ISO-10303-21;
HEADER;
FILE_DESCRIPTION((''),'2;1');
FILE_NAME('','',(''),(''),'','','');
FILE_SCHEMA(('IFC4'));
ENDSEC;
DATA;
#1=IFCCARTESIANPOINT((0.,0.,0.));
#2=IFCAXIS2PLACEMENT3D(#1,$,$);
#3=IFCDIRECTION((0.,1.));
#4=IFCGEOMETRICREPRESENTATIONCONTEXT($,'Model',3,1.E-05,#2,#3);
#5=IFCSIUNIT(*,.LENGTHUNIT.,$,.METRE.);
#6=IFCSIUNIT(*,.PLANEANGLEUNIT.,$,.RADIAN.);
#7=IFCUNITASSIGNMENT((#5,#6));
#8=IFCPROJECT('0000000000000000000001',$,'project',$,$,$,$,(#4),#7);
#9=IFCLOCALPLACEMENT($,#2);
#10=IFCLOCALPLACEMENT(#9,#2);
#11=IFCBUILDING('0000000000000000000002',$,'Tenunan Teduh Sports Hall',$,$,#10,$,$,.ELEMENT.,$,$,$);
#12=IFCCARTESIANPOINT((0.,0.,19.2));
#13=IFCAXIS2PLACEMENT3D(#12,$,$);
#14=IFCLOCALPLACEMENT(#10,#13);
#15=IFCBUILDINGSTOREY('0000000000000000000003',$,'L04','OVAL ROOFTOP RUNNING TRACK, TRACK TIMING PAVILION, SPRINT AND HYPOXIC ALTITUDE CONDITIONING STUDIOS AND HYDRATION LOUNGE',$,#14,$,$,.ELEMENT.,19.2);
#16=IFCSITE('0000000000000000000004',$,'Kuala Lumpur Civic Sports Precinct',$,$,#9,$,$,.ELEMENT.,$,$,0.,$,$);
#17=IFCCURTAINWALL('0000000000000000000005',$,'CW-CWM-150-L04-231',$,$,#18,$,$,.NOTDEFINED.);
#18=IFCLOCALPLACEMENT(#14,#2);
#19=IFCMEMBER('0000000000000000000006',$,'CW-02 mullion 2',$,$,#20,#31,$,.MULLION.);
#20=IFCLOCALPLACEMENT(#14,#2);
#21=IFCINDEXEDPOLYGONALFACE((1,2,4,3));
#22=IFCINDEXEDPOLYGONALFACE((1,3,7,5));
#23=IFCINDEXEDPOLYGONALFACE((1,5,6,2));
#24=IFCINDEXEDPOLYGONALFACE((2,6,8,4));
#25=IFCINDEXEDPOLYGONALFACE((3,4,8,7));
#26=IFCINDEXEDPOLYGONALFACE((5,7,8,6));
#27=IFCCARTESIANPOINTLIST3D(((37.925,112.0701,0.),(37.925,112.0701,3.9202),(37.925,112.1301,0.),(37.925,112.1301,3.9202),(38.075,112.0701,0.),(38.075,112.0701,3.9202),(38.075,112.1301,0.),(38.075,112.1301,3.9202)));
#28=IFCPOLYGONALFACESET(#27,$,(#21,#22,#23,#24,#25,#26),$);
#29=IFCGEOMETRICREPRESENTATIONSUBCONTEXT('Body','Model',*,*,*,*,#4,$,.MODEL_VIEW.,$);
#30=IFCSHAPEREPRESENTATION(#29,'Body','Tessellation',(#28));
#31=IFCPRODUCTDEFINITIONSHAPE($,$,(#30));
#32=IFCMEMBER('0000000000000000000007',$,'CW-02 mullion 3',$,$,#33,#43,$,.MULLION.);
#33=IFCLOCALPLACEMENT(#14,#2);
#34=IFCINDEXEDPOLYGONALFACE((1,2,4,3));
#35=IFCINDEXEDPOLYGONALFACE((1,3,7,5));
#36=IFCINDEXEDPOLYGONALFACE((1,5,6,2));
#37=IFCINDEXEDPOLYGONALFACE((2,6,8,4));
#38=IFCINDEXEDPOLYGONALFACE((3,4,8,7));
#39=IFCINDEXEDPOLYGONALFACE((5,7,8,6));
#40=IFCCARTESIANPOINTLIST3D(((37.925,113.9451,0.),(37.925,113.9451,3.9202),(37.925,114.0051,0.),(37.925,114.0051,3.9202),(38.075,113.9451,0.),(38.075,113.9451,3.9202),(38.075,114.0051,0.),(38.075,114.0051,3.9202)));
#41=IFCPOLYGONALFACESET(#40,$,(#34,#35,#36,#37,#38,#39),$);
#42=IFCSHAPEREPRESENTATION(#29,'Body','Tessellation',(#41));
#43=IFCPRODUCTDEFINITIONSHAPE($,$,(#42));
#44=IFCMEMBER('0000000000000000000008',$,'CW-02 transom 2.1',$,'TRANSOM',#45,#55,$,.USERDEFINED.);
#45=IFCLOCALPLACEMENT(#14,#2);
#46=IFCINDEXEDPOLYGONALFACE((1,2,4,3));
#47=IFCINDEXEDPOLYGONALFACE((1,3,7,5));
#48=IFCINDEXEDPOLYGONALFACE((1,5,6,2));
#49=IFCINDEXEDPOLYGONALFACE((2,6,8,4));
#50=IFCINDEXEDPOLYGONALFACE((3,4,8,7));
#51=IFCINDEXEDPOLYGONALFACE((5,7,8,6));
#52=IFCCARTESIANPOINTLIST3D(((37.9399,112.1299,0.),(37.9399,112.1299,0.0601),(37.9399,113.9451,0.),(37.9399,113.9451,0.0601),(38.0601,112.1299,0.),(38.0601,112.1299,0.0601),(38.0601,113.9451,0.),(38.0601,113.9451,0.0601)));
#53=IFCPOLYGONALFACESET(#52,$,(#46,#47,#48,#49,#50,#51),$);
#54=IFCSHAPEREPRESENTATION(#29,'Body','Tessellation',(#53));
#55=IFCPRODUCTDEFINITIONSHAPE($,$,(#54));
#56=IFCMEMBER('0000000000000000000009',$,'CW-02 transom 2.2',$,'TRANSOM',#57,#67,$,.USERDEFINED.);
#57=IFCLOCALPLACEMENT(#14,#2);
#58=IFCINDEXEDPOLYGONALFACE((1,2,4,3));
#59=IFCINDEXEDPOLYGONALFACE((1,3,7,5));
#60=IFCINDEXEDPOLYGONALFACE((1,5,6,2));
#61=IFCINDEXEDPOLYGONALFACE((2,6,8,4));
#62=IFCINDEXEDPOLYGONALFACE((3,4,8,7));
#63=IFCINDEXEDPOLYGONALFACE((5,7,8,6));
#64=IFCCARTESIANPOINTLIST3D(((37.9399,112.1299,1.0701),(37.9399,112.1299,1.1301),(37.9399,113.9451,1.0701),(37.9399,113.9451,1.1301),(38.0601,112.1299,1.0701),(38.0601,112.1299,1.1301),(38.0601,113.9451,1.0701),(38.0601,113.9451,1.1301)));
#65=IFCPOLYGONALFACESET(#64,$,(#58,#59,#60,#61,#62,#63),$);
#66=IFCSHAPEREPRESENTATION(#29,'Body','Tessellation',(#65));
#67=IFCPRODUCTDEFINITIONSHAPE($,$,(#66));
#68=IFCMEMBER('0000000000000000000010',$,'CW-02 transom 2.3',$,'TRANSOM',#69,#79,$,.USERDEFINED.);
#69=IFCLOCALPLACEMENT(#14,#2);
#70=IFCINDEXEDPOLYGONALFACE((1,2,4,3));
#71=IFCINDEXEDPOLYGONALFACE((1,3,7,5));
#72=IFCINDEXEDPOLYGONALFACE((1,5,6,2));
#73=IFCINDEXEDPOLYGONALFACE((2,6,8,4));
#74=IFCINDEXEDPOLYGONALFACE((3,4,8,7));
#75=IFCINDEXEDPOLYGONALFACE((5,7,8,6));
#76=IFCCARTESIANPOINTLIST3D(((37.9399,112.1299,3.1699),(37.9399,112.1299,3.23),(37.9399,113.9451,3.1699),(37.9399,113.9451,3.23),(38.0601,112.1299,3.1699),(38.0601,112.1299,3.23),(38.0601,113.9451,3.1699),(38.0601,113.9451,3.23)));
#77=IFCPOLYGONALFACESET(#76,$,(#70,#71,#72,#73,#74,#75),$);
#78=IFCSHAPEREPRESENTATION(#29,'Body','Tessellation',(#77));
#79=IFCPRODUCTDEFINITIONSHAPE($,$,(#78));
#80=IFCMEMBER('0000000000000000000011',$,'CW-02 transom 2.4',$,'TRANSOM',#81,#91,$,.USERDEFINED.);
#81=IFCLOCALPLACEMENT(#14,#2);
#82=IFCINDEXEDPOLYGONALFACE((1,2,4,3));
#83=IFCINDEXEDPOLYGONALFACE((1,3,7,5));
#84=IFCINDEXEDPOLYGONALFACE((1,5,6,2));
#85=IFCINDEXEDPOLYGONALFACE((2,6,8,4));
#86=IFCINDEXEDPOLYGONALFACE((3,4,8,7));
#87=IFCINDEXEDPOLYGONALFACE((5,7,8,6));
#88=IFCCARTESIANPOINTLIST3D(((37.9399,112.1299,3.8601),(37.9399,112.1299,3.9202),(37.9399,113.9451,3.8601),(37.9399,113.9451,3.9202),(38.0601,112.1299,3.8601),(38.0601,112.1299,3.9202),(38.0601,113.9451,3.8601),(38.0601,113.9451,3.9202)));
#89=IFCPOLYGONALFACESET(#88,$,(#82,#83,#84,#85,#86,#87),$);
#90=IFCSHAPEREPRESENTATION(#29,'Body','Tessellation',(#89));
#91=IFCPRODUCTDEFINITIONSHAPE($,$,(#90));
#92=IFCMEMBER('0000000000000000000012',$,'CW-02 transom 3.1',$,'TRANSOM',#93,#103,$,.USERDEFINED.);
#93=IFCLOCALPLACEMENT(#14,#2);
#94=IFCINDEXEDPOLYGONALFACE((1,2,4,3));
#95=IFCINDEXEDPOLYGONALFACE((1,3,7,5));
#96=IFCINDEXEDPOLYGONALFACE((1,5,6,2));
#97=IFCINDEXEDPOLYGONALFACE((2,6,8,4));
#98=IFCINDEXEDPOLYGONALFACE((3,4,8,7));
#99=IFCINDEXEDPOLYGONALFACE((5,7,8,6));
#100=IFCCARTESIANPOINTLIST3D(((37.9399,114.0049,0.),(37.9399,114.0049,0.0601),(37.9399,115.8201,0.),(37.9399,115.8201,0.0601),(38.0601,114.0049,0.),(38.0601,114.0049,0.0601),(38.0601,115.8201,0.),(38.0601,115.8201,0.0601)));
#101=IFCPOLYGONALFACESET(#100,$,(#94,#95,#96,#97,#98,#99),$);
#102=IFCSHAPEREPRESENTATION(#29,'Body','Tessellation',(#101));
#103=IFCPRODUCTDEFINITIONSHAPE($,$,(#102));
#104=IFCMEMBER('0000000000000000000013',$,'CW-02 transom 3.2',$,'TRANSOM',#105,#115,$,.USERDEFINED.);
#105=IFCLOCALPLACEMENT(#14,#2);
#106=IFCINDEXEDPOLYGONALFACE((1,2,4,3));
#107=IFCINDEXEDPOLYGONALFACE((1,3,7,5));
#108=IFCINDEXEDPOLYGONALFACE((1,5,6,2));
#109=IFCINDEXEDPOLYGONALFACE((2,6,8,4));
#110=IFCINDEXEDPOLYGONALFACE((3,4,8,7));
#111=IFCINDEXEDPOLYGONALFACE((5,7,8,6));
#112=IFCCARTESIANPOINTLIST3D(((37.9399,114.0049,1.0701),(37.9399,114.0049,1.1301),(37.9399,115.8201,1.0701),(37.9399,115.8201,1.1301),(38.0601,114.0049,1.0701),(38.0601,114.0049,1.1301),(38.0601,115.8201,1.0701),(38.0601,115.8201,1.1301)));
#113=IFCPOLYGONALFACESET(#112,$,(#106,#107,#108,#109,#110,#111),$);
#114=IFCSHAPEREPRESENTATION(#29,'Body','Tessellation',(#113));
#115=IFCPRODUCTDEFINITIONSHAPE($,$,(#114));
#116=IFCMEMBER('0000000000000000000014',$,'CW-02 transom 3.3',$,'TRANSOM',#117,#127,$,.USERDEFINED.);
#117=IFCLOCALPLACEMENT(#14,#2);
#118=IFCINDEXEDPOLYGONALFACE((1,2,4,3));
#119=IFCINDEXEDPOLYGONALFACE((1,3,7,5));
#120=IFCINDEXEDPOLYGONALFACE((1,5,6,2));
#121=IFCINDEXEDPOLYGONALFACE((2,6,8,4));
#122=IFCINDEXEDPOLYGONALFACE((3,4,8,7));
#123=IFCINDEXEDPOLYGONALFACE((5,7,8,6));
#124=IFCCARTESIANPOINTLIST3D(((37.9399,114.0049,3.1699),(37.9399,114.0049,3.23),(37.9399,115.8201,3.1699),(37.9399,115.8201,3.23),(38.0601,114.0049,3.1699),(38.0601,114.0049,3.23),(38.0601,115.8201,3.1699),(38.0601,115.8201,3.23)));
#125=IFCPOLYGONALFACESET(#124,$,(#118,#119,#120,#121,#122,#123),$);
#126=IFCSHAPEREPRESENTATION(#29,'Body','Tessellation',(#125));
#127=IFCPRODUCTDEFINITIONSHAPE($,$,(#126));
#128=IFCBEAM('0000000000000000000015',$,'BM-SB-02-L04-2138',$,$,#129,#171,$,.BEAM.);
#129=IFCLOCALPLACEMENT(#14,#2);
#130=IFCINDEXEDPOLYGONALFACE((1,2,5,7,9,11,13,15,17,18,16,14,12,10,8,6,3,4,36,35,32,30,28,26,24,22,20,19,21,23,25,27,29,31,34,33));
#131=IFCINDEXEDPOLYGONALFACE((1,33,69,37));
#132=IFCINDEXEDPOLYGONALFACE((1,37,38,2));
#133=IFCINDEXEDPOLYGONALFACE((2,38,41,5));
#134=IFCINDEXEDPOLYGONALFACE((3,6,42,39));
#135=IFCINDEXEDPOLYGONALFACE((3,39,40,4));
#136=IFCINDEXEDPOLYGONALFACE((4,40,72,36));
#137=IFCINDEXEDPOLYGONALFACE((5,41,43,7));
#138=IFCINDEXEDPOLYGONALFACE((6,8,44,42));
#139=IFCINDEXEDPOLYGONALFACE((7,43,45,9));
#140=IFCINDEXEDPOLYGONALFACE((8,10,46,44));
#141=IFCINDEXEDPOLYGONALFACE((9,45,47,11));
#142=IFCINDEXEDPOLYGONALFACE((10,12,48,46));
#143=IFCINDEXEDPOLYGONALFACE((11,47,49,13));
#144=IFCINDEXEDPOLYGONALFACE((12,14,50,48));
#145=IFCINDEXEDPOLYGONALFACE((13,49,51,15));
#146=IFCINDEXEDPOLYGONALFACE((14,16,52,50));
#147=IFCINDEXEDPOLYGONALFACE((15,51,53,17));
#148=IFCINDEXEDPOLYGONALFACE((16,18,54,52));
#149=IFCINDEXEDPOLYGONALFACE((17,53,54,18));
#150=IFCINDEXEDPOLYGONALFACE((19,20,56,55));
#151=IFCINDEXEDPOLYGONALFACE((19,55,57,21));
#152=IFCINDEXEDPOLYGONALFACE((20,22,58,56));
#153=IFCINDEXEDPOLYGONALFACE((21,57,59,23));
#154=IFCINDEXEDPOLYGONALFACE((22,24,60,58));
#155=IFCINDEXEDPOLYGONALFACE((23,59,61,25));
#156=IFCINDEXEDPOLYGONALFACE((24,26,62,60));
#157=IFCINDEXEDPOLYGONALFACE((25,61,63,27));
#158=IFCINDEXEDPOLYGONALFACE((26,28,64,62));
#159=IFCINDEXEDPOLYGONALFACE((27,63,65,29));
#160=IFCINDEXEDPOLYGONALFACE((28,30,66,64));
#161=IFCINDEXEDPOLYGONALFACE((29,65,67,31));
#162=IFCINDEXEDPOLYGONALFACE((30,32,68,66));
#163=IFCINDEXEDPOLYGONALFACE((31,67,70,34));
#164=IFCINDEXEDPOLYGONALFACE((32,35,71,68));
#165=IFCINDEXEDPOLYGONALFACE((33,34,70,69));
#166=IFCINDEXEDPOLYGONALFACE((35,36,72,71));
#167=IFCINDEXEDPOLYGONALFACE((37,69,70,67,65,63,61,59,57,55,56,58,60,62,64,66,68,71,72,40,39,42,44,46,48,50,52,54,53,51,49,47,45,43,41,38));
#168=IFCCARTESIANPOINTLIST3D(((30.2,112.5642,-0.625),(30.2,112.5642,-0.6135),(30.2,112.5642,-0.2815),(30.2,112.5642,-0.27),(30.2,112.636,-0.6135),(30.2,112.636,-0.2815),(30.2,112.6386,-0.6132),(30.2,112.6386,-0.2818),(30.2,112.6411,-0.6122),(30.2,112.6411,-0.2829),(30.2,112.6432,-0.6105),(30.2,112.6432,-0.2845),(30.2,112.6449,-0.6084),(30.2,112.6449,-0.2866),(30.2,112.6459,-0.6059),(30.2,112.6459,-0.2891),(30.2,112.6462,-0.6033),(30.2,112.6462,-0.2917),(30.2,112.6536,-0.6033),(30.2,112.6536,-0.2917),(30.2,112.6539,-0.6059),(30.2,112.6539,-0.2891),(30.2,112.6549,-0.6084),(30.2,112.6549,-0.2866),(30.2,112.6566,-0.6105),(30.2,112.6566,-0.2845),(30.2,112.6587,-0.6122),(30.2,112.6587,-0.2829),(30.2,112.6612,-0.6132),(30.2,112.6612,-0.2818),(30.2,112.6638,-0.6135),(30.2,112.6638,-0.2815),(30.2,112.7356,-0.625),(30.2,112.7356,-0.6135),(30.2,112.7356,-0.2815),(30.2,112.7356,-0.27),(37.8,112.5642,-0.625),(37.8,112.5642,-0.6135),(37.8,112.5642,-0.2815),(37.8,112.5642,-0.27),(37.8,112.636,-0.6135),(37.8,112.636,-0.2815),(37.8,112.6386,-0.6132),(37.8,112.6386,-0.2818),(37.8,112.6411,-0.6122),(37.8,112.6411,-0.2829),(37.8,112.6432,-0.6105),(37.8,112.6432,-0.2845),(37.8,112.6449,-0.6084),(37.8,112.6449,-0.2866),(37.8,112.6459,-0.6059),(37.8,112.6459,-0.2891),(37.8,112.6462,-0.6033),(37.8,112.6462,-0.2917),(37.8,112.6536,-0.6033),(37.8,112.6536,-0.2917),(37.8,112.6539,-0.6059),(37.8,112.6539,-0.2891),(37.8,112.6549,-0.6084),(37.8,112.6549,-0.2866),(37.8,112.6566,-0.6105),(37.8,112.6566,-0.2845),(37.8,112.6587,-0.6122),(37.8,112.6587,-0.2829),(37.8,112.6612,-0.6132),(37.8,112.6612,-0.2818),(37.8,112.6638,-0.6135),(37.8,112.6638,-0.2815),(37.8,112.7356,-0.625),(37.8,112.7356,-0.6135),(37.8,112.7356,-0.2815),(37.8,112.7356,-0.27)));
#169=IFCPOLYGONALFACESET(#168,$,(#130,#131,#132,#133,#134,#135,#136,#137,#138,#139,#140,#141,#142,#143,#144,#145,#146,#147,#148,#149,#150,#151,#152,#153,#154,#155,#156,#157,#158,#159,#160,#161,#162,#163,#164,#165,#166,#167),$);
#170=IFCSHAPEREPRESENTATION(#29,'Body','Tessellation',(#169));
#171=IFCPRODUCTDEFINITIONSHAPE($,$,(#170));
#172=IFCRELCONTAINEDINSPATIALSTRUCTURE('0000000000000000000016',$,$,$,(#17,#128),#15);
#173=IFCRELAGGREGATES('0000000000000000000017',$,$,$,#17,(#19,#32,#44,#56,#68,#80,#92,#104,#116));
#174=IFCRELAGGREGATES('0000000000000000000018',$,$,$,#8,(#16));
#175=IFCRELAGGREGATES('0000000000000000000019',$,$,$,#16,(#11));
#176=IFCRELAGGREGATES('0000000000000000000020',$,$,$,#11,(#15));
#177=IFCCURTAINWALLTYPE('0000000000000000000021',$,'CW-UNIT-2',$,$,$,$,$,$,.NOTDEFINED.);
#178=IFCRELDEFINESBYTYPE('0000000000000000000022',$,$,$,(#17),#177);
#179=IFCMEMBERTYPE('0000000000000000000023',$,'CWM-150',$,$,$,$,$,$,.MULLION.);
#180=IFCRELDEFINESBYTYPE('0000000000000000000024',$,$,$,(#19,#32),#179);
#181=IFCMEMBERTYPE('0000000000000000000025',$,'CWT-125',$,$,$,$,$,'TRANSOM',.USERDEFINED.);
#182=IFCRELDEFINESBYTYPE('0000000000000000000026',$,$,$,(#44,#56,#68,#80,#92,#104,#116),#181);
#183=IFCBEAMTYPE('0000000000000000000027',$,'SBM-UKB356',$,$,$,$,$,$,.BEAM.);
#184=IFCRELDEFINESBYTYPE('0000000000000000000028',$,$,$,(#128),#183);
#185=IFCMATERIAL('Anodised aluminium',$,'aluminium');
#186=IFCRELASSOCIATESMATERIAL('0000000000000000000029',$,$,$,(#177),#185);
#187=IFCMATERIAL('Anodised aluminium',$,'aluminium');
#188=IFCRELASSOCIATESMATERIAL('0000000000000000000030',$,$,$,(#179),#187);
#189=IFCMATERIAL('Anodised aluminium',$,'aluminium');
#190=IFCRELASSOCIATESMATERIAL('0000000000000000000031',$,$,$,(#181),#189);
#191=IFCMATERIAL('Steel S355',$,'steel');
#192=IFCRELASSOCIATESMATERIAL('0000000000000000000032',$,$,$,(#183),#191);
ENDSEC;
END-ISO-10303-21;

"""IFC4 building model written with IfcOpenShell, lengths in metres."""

from ifc_helpers import new_model, si_unit, direction, frame, origin, origin_2d, place, context, subcontext, project, spatial, rectangle, i_section, extrude, material, material_profile, profile_set, type_object, element, aggregate, save


model = new_model("IFC4")

# Units and contexts
model_context = context("Model", 3, precision=1e-05, world=origin(), true_north=direction((0.0, 1.0)))
body_context = subcontext(model_context, "Body", "Model", "MODEL_VIEW")
ifc_project = project(units=[si_unit("LENGTHUNIT", "METRE"), si_unit("PLANEANGLEUNIT", "RADIAN")], contexts=[model_context])

# Site, building, storey
site_placement = place(None, origin())
site = spatial("IfcSite", under=ifc_project, at=site_placement, Name="Kuala Lumpur Civic Sports Precinct", CompositionType="ELEMENT", RefElevation=0.0)
building_placement = place(site_placement, origin())
building = spatial("IfcBuilding", under=site, at=building_placement, Name="Tenunan Teduh Sports Hall", CompositionType="ELEMENT")
storey_placement = place(building_placement, frame((0.0, 0.0, 19.2)))
storey = spatial("IfcBuildingStorey", under=building, at=storey_placement, Name="L04", Description="OVAL ROOFTOP RUNNING TRACK, TRACK TIMING PAVILION, SPRINT AND HYPOXIC ALTITUDE CONDITIONING STUDIOS AND HYDRATION LOUNGE", CompositionType="ELEMENT", Elevation=19.2)

# Curtain wall, members
ifc_material_1 = material(Name="Anodised aluminium", Category="aluminium")
curtain_wall_type = type_object("IfcCurtainWallType", Name="CW-UNIT-2", PredefinedType="NOTDEFINED", material=ifc_material_1)
curtain_wall_placement = place(storey_placement, origin())
curtain_wall = element("IfcCurtainWall", 1, at=curtain_wall_placement, inside=storey, type_object=curtain_wall_type, Name="CW-CWM-150-L04-231", PredefinedType="NOTDEFINED")
ifc_material_2 = material(Name="Anodised aluminium", Category="aluminium")
ifc_material_profile_1 = material_profile(ifc_material_2, rectangle(XDim=0.0601, YDim=0.1499, at=origin_2d()), Name="CWM 60x150")
ifc_profile_set_1 = profile_set([ifc_material_profile_1], Name="Anodised aluminium")
member_type_1 = type_object("IfcMemberType", Name="CWM-150", PredefinedType="MULLION", material=ifc_profile_set_1)
member_1_placement = place(storey_placement, frame((38.0, 112.1001, 0.0), z_axis=(0.0, 0.0, 1.0), x_axis=(0.0, 1.0, 0.0)))
member_1 = element("IfcMember", 2, at=member_1_placement, type_object=member_type_1, Name="CW-02 mullion 2", PredefinedType="MULLION", context=body_context, shape_type="SweptSolid", body=[
    extrude(rectangle(XDim=0.0601, YDim=0.1499, at=origin_2d()), origin(), (0.0, 0.0, 1.0), 3.9202),
])
member_2_placement = place(storey_placement, frame((38.0, 113.9751, 0.0), z_axis=(0.0, 0.0, 1.0), x_axis=(0.0, 1.0, 0.0)))
member_2 = element("IfcMember", 3, at=member_2_placement, type_object=member_type_1, Name="CW-02 mullion 3", PredefinedType="MULLION", context=body_context, shape_type="SweptSolid", body=[
    extrude(rectangle(XDim=0.0601, YDim=0.1499, at=origin_2d()), origin(), (0.0, 0.0, 1.0), 3.9202),
])
ifc_material_3 = material(Name="Anodised aluminium", Category="aluminium")
ifc_material_profile_2 = material_profile(ifc_material_3, rectangle(XDim=0.0601, YDim=0.1201, at=origin_2d()), Name="CWT 60x120")
ifc_profile_set_2 = profile_set([ifc_material_profile_2], Name="Anodised aluminium")
member_type_2 = type_object("IfcMemberType", Name="CWT-125", ElementType="TRANSOM", PredefinedType="USERDEFINED", material=ifc_profile_set_2)
member_3_placement = place(storey_placement, frame((38.0, 112.1299, 0.03), z_axis=(0.0, 1.0, 0.0), x_axis=(0.0, 0.0, 1.0)))
member_3 = element("IfcMember", 4, at=member_3_placement, type_object=member_type_2, Name="CW-02 transom 2.1", ObjectType="TRANSOM", PredefinedType="USERDEFINED", context=body_context, shape_type="SweptSolid", body=[
    extrude(rectangle(XDim=0.0601, YDim=0.1201, at=origin_2d()), origin(), (0.0, 0.0, 1.0), 1.8152),
])
member_4_placement = place(storey_placement, frame((38.0, 112.1299, 1.1001), z_axis=(0.0, 1.0, 0.0), x_axis=(0.0, 0.0, 1.0)))
member_4 = element("IfcMember", 5, at=member_4_placement, type_object=member_type_2, Name="CW-02 transom 2.2", ObjectType="TRANSOM", PredefinedType="USERDEFINED", context=body_context, shape_type="SweptSolid", body=[
    extrude(rectangle(XDim=0.0601, YDim=0.1201, at=origin_2d()), origin(), (0.0, 0.0, 1.0), 1.8152),
])
member_5_placement = place(storey_placement, frame((38.0, 112.1299, 3.2), z_axis=(0.0, 1.0, 0.0), x_axis=(0.0, 0.0, 1.0)))
member_5 = element("IfcMember", 6, at=member_5_placement, type_object=member_type_2, Name="CW-02 transom 2.3", ObjectType="TRANSOM", PredefinedType="USERDEFINED", context=body_context, shape_type="SweptSolid", body=[
    extrude(rectangle(XDim=0.0601, YDim=0.1201, at=origin_2d()), origin(), (0.0, 0.0, 1.0), 1.8152),
])
member_6_placement = place(storey_placement, frame((38.0, 112.1299, 3.8901), z_axis=(0.0, 1.0, 0.0), x_axis=(0.0, 0.0, 1.0)))
member_6 = element("IfcMember", 7, at=member_6_placement, type_object=member_type_2, Name="CW-02 transom 2.4", ObjectType="TRANSOM", PredefinedType="USERDEFINED", context=body_context, shape_type="SweptSolid", body=[
    extrude(rectangle(XDim=0.0601, YDim=0.1201, at=origin_2d()), origin(), (0.0, 0.0, 1.0), 1.8152),
])
member_7_placement = place(storey_placement, frame((38.0, 114.0049, 0.03), z_axis=(0.0, 1.0, 0.0), x_axis=(0.0, 0.0, 1.0)))
member_7 = element("IfcMember", 8, at=member_7_placement, type_object=member_type_2, Name="CW-02 transom 3.1", ObjectType="TRANSOM", PredefinedType="USERDEFINED", context=body_context, shape_type="SweptSolid", body=[
    extrude(rectangle(XDim=0.0601, YDim=0.1201, at=origin_2d()), origin(), (0.0, 0.0, 1.0), 1.8152),
])
member_8_placement = place(storey_placement, frame((38.0, 114.0049, 1.1001), z_axis=(0.0, 1.0, 0.0), x_axis=(0.0, 0.0, 1.0)))
member_8 = element("IfcMember", 9, at=member_8_placement, type_object=member_type_2, Name="CW-02 transom 3.2", ObjectType="TRANSOM", PredefinedType="USERDEFINED", context=body_context, shape_type="SweptSolid", body=[
    extrude(rectangle(XDim=0.0601, YDim=0.1201, at=origin_2d()), origin(), (0.0, 0.0, 1.0), 1.8152),
])
member_9_placement = place(storey_placement, frame((38.0, 114.0049, 3.2), z_axis=(0.0, 1.0, 0.0), x_axis=(0.0, 0.0, 1.0)))
member_9 = element("IfcMember", 10, at=member_9_placement, type_object=member_type_2, Name="CW-02 transom 3.3", ObjectType="TRANSOM", PredefinedType="USERDEFINED", context=body_context, shape_type="SweptSolid", body=[
    extrude(rectangle(XDim=0.0601, YDim=0.1201, at=origin_2d()), origin(), (0.0, 0.0, 1.0), 1.8152),
])

# Beam
ifc_material_4 = material(Name="Steel S355", Category="steel")
ifc_material_profile_3 = material_profile(ifc_material_4, i_section(OverallWidth=0.1714, OverallDepth=0.355, WebThickness=0.0073, FlangeThickness=0.0115, FilletRadius=0.0103, at=origin_2d()), Name="UKB 356x171x51")
ifc_profile_set_3 = profile_set([ifc_material_profile_3], Name="Steel S355")
beam_type_1 = type_object("IfcBeamType", Name="SBM-UKB356", PredefinedType="BEAM", material=ifc_profile_set_3)
beam_1_placement = place(storey_placement, frame((30.2, 112.6499, -0.4475), z_axis=(1.0, 0.0, 0.0), x_axis=(0.0, 1.0, 0.0)))
element("IfcBeam", 11, at=beam_1_placement, inside=storey, type_object=beam_type_1, Name="BM-SB-02-L04-2138", PredefinedType="BEAM", context=body_context, shape_type="SweptSolid", body=[
    extrude(i_section(OverallWidth=0.1714, OverallDepth=0.355, WebThickness=0.0073, FlangeThickness=0.0115, FilletRadius=0.0103, at=origin_2d()), origin(), (0.0, 0.0, 1.0), 7.6001),
])

aggregate(curtain_wall, [member_1, member_2, member_3, member_4, member_5, member_6, member_7, member_8, member_9])

save(model, "model.ifc")
